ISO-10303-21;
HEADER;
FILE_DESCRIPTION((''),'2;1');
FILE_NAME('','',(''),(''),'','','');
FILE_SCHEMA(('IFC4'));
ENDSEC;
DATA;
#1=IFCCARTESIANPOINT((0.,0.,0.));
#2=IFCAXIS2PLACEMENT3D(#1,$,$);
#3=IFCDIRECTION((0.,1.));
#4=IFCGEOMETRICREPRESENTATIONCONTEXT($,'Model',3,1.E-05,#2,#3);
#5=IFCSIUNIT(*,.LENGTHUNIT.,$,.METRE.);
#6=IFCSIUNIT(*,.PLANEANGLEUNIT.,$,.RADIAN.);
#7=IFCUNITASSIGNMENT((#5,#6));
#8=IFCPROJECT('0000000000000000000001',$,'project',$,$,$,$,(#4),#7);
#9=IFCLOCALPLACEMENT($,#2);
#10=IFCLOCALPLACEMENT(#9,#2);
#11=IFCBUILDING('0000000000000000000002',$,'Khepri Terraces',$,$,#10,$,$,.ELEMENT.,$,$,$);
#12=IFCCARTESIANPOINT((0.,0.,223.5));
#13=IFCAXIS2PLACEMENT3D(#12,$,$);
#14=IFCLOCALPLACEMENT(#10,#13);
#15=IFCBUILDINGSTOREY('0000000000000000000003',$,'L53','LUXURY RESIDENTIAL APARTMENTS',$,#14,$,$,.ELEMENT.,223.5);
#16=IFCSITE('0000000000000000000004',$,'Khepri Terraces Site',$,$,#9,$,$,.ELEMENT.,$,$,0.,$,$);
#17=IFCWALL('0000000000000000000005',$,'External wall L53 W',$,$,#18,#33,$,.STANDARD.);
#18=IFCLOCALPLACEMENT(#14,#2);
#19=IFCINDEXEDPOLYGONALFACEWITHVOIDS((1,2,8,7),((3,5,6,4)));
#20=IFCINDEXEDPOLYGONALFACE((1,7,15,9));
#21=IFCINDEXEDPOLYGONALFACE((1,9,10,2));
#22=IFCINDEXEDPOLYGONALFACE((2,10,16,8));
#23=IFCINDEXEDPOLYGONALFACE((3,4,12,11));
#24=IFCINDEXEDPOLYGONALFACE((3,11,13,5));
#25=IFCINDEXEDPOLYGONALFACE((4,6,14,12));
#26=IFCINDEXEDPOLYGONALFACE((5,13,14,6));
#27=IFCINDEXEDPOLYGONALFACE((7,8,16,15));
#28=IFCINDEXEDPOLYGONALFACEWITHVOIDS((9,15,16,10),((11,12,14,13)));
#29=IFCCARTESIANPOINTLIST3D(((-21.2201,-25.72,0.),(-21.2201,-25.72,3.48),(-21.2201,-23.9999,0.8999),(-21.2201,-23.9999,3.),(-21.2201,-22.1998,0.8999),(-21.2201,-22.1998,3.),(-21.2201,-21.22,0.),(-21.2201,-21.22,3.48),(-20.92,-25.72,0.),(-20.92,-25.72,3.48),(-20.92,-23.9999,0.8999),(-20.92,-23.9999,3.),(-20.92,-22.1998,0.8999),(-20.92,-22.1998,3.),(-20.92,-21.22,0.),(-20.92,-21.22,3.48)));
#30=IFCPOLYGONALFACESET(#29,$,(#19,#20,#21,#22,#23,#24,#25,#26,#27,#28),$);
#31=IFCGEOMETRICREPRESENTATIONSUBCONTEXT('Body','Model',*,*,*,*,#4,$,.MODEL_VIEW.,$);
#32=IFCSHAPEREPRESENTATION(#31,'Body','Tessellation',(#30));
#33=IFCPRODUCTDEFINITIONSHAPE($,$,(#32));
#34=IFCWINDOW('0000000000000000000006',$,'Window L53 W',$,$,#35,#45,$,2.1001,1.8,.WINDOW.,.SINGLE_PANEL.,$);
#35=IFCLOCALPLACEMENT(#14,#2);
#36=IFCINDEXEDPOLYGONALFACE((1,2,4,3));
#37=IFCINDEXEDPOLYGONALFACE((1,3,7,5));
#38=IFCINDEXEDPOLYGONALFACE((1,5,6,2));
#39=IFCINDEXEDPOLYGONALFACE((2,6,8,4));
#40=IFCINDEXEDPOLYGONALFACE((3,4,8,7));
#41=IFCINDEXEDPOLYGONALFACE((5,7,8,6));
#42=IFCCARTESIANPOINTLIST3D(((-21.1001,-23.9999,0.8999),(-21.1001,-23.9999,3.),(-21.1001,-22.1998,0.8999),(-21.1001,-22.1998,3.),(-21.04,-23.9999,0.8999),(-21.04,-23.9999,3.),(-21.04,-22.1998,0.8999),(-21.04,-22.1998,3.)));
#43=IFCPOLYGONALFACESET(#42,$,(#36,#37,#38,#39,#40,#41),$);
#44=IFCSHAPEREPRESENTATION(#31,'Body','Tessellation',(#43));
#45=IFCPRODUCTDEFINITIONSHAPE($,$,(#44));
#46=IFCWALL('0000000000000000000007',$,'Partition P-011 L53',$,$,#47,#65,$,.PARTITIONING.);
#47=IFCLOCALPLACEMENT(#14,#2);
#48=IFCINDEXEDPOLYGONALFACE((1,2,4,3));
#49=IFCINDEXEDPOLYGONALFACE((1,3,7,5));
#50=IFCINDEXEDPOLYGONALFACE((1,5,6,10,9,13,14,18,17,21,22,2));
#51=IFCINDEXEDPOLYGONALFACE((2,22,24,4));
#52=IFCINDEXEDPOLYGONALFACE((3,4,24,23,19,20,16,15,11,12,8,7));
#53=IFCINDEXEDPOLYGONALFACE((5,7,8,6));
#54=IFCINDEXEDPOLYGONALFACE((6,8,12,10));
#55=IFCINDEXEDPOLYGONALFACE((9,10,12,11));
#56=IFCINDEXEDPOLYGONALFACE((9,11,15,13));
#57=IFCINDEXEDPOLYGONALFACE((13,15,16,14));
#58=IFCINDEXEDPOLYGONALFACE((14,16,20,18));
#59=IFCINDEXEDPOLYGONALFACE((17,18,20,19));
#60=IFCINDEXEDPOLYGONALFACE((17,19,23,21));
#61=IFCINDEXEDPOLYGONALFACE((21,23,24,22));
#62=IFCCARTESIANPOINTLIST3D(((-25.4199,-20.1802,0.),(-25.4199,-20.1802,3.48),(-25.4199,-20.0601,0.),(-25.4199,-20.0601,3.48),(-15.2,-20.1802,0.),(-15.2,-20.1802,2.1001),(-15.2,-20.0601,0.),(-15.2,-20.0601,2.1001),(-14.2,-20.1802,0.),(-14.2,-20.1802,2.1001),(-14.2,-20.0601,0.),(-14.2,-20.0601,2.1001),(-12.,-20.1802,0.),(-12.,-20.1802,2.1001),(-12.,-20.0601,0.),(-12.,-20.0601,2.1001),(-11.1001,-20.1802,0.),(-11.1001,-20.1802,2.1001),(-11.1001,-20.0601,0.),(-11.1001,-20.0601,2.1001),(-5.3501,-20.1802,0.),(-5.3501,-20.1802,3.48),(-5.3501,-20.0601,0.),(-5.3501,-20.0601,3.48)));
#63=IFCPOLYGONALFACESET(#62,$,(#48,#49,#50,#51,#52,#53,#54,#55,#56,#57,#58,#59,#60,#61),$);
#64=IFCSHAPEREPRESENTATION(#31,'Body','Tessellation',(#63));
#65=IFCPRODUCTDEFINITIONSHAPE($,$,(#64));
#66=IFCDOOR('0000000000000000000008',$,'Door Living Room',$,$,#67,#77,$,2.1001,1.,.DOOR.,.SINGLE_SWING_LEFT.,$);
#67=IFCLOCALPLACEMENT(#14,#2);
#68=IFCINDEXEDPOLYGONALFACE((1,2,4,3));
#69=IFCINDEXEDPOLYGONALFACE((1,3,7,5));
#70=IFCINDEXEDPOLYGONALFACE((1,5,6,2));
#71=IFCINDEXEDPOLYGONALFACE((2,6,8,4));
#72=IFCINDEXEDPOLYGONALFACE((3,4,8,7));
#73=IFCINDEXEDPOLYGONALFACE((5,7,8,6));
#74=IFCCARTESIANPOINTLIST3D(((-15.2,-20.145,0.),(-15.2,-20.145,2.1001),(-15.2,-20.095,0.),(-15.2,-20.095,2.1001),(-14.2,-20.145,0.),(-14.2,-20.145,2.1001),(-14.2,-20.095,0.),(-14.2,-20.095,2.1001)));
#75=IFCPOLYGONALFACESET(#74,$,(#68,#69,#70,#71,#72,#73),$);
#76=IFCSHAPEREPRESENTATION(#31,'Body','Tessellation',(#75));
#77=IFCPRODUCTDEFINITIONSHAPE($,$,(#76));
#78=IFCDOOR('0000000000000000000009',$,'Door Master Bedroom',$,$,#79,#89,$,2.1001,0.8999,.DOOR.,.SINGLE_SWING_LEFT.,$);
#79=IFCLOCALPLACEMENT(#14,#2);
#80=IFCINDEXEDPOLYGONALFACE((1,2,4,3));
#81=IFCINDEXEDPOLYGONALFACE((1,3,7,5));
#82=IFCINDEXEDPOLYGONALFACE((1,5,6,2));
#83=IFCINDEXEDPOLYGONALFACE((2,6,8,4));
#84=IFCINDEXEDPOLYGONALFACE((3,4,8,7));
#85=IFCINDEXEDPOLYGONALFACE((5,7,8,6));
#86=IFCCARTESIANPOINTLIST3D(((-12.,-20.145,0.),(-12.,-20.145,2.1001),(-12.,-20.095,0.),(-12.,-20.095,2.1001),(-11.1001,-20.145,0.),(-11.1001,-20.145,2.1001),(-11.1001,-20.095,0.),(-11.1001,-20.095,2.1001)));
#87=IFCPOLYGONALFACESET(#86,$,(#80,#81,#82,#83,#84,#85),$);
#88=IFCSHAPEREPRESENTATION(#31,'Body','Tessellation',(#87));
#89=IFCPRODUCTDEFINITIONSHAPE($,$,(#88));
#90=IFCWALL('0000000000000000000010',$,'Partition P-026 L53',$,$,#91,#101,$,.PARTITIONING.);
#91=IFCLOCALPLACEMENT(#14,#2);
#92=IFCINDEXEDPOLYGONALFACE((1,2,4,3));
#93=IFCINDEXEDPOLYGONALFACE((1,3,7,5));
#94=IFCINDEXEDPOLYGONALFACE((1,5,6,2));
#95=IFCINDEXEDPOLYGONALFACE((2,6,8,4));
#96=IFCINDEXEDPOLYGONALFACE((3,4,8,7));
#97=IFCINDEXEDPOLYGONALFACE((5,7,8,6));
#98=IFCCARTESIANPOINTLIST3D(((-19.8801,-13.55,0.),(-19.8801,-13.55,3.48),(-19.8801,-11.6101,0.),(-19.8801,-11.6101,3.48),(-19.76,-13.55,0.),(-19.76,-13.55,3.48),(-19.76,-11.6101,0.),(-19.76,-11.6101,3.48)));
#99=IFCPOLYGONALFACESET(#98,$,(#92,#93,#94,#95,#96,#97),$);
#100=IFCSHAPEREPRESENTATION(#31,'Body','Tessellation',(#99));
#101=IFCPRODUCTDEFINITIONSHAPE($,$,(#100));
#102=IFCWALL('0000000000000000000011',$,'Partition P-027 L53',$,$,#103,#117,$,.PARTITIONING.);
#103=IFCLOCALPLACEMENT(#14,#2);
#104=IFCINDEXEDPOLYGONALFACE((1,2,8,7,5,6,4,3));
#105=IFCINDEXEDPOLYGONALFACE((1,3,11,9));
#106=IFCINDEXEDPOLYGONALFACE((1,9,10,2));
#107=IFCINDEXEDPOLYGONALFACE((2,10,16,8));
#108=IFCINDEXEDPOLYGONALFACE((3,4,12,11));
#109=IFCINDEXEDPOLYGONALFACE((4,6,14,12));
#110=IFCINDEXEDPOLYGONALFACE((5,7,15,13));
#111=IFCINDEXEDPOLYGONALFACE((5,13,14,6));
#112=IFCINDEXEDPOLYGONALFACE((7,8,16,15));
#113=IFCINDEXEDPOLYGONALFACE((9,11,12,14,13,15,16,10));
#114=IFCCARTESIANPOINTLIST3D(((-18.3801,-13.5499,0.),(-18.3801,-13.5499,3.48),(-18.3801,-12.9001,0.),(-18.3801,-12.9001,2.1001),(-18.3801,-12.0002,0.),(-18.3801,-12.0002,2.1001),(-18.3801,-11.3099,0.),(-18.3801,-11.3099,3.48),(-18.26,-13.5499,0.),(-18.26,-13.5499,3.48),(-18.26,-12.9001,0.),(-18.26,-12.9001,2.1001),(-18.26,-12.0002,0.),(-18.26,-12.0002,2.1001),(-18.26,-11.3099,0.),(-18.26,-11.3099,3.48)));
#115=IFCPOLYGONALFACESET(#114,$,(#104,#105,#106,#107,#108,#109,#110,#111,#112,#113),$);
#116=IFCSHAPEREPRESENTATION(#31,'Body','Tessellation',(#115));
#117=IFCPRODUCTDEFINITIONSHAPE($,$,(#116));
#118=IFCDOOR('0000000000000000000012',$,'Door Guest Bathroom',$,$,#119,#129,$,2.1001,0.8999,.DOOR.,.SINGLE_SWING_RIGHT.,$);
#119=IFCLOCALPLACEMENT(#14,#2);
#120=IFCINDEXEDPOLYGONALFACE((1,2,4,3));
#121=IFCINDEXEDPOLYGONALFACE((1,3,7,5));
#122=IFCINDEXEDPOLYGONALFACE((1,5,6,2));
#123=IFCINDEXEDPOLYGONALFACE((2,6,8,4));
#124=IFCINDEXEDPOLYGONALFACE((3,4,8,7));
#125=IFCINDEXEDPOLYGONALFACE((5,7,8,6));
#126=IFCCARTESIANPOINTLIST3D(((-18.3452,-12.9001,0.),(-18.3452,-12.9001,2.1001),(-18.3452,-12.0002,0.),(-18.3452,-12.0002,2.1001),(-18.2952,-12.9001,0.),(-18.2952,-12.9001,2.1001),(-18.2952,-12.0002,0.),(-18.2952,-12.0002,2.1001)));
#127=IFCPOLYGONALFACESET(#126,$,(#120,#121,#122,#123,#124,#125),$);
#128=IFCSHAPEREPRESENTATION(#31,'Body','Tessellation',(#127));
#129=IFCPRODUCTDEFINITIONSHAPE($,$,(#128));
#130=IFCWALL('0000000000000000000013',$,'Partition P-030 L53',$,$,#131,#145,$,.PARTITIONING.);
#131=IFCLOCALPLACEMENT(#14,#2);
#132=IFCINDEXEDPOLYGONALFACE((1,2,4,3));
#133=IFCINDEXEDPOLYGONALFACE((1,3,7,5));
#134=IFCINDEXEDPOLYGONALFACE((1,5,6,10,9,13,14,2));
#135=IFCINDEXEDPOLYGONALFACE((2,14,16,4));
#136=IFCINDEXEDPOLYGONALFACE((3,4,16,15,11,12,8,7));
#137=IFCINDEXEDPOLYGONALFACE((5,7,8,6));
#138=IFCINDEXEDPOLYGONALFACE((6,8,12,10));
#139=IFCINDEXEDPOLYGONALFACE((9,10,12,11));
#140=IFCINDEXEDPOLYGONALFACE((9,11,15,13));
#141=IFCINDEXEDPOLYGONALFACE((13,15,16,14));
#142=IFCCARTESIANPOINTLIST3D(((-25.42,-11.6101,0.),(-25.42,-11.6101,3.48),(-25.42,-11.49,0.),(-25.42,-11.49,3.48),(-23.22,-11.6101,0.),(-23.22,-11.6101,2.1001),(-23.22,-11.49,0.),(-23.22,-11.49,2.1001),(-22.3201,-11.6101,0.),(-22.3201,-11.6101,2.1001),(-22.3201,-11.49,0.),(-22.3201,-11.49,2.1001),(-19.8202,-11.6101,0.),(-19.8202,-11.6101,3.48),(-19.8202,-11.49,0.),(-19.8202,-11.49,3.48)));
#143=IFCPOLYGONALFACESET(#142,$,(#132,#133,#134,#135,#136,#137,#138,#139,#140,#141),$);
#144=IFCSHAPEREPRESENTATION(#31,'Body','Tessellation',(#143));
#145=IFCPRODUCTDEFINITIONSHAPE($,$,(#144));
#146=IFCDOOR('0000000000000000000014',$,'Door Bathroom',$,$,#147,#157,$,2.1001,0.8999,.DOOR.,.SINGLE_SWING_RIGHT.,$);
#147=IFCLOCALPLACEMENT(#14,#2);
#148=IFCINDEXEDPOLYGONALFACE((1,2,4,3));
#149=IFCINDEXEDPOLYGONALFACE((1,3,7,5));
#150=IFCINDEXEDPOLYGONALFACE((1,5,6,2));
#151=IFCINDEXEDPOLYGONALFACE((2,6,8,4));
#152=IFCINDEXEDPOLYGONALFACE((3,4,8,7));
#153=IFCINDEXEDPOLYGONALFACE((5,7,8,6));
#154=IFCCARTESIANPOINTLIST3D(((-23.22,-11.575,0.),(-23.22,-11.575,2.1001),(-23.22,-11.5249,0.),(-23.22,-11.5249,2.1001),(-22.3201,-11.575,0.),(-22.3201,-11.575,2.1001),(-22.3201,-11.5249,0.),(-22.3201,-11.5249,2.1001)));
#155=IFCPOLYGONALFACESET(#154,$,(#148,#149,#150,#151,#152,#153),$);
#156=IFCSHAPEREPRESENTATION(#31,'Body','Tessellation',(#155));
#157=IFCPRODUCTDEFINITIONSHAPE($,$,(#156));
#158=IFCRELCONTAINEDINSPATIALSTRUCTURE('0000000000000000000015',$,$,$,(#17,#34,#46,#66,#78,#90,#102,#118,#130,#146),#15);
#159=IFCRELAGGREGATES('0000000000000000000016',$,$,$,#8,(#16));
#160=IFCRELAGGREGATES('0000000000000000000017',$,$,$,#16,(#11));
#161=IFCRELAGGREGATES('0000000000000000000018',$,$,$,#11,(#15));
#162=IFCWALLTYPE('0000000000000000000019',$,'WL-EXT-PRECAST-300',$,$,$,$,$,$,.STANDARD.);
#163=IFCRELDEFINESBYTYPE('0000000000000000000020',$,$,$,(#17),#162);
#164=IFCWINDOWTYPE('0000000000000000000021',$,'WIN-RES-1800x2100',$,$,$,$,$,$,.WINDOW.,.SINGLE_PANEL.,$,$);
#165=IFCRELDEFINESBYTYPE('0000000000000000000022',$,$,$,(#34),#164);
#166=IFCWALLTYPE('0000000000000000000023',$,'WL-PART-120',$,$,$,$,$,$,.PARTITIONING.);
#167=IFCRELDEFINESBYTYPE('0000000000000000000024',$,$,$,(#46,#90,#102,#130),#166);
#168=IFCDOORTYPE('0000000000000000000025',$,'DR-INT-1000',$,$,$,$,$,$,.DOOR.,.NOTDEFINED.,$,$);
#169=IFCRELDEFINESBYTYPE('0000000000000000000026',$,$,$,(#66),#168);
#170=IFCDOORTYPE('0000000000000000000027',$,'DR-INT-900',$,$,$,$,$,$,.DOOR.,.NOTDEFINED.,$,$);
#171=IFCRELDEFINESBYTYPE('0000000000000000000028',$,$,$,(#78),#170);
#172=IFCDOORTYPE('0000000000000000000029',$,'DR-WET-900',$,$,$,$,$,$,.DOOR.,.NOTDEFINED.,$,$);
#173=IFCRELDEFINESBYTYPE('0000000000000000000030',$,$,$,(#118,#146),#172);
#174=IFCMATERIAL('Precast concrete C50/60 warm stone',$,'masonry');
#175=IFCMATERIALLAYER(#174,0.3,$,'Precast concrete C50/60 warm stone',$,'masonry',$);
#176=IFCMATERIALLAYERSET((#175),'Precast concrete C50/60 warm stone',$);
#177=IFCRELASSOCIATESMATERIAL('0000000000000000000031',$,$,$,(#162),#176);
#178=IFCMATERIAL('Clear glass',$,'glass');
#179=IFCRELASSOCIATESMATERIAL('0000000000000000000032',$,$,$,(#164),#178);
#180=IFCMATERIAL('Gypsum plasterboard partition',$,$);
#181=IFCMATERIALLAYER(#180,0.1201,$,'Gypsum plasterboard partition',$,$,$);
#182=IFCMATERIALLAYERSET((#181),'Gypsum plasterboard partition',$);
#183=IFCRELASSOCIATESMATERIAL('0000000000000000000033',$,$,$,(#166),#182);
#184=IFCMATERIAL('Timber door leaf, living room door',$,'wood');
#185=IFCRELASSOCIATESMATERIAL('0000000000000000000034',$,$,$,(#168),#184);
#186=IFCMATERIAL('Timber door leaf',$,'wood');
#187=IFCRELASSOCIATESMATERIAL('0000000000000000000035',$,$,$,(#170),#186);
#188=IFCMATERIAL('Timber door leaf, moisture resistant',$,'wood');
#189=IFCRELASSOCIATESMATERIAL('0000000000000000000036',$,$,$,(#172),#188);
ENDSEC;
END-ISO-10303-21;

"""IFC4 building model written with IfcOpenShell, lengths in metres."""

from ifc_helpers import new_model, si_unit, direction, frame, frame_2d, origin, place, context, subcontext, project, spatial, rectangle, extrude, material, layer, layer_set, type_object, element, fill, save


model = new_model("IFC4")

# Units and contexts
model_context = context("Model", 3, precision=1e-05, world=origin(), true_north=direction((0.0, 1.0)))
body_context = subcontext(model_context, "Body", "Model", "MODEL_VIEW")
ifc_project = project(units=[si_unit("LENGTHUNIT", "METRE"), si_unit("PLANEANGLEUNIT", "RADIAN")], contexts=[model_context])

# Site, building, storey
site_placement = place(None, origin())
site = spatial("IfcSite", under=ifc_project, at=site_placement, Name="Khepri Terraces Site", CompositionType="ELEMENT", RefElevation=0.0)
building_placement = place(site_placement, origin())
building = spatial("IfcBuilding", under=site, at=building_placement, Name="Khepri Terraces", CompositionType="ELEMENT")
storey_placement = place(building_placement, frame((0.0, 0.0, 223.5)))
storey = spatial("IfcBuildingStorey", under=building, at=storey_placement, Name="L53", Description="LUXURY RESIDENTIAL APARTMENTS", CompositionType="ELEMENT", Elevation=223.5)

# Wall, opening, window
ifc_material_1 = material(Name="Precast concrete C50/60 warm stone", Category="masonry")
ifc_layer_1 = layer(ifc_material_1, 0.3, Name="Precast concrete C50/60 warm stone", Category="masonry")
ifc_layer_set_1 = layer_set([ifc_layer_1], Name="Precast concrete C50/60 warm stone")
wall_type_1 = type_object("IfcWallType", Name="WL-EXT-PRECAST-300", PredefinedType="STANDARD", material=ifc_layer_set_1)
ifc_material_2 = material(Name="Clear glass", Category="glass")
window_type = type_object("IfcWindowType", Name="WIN-RES-1800x2100", PartitioningType="SINGLE_PANEL", PredefinedType="WINDOW", material=ifc_material_2)
wall_1_placement = place(storey_placement, frame((-21.0701, -21.22, 0.0), z_axis=(0.0, 0.0, 1.0), x_axis=(0.0, -1.0, 0.0)))
wall_1 = element("IfcWall", 1, at=wall_1_placement, inside=storey, type_object=wall_type_1, Name="External wall L53 W", PredefinedType="STANDARD", context=body_context, shape_type="SweptSolid", body=[
    extrude(rectangle(XDim=4.5, YDim=0.3, at=frame_2d((2.25, 0.0))), origin(), (0.0, 0.0, 1.0), 3.48),
])
opening_1_placement = place(wall_1_placement, frame((0.98, 0.0, 0.8999)))
opening_1 = element("IfcOpeningElement", 2, at=opening_1_placement, cuts=wall_1, PredefinedType="OPENING", context=body_context, shape_type="SweptSolid", body=[
    extrude(rectangle(XDim=1.8, YDim=2.1001, at=frame_2d((0.8999, 1.05))), frame((0.0, 0.1602, 0.0), z_axis=(0.0, -1.0, 0.0), x_axis=(1.0, 0.0, 0.0)), (0.0, 0.0, 1.0), 0.3201),
])
window_1_placement = place(opening_1_placement, origin())
window_1 = element("IfcWindow", 3, at=window_1_placement, inside=storey, type_object=window_type, Name="Window L53 W", OverallHeight=2.1001, OverallWidth=1.8, PartitioningType="SINGLE_PANEL", PredefinedType="WINDOW", context=body_context, shape_type="SweptSolid", body=[
    extrude(rectangle(XDim=1.8, YDim=2.1001, at=frame_2d((0.8999, 1.05))), frame((0.0, 0.03, 0.0), z_axis=(0.0, -1.0, 0.0), x_axis=(1.0, 0.0, 0.0)), (0.0, 0.0, 1.0), 0.0601),
])
fill(opening_1, window_1)

# Wall, openings, doors
ifc_material_3 = material(Name="Gypsum plasterboard partition")
ifc_layer_2 = layer(ifc_material_3, 0.1201, Name="Gypsum plasterboard partition")
ifc_layer_set_2 = layer_set([ifc_layer_2], Name="Gypsum plasterboard partition")
wall_type_2 = type_object("IfcWallType", Name="WL-PART-120", PredefinedType="PARTITIONING", material=ifc_layer_set_2)
wall_2_placement = place(storey_placement, frame((-25.4199, -20.1201, 0.0), z_axis=(0.0, 0.0, 1.0), x_axis=(1.0, 0.0, 0.0)))
wall_2 = element("IfcWall", 4, at=wall_2_placement, inside=storey, type_object=wall_type_2, Name="Partition P-011 L53", PredefinedType="PARTITIONING", context=body_context, shape_type="SweptSolid", body=[
    extrude(rectangle(XDim=20.0698, YDim=0.1201, at=frame_2d((10.0349, 0.0))), origin(), (0.0, 0.0, 1.0), 3.48),
])
opening_2_placement = place(wall_2_placement, frame((10.22, 0.0, 0.0)))
opening_2 = element("IfcOpeningElement", 5, at=opening_2_placement, cuts=wall_2, PredefinedType="OPENING", context=body_context, shape_type="SweptSolid", body=[
    extrude(rectangle(XDim=1.0, YDim=2.1001, at=frame_2d((0.5, 1.05))), frame((0.0, 0.0701, 0.0), z_axis=(0.0, -1.0, 0.0), x_axis=(1.0, 0.0, 0.0)), (0.0, 0.0, 1.0), 0.1401),
])
opening_3_placement = place(wall_2_placement, frame((13.4199, 0.0, 0.0)))
opening_3 = element("IfcOpeningElement", 6, at=opening_3_placement, cuts=wall_2, PredefinedType="OPENING", context=body_context, shape_type="SweptSolid", body=[
    extrude(rectangle(XDim=0.8999, YDim=2.1001, at=frame_2d((0.45, 1.05))), frame((0.0, 0.0701, 0.0), z_axis=(0.0, -1.0, 0.0), x_axis=(1.0, 0.0, 0.0)), (0.0, 0.0, 1.0), 0.1401),
])
ifc_material_4 = material(Name="Timber door leaf, living room door", Category="wood")
door_type_1 = type_object("IfcDoorType", Name="DR-INT-1000", OperationType="NOTDEFINED", PredefinedType="DOOR", material=ifc_material_4)
door_1_placement = place(opening_2_placement, frame((1.0, 0.0, 0.0), z_axis=(0.0, 0.0, 1.0), x_axis=(-1.0, 0.0, 0.0)))
door_1 = element("IfcDoor", 7, at=door_1_placement, inside=storey, type_object=door_type_1, Name="Door Living Room", OperationType="SINGLE_SWING_LEFT", OverallHeight=2.1001, OverallWidth=1.0, PredefinedType="DOOR", context=body_context, shape_type="SweptSolid", body=[
    extrude(rectangle(XDim=1.0, YDim=2.1001, at=frame_2d((0.5, 1.05))), frame((0.0, 0.0249, 0.0), z_axis=(0.0, -1.0, 0.0), x_axis=(1.0, 0.0, 0.0)), (0.0, 0.0, 1.0), 0.05),
])
fill(opening_2, door_1)
ifc_material_5 = material(Name="Timber door leaf", Category="wood")
door_type_2 = type_object("IfcDoorType", Name="DR-INT-900", OperationType="NOTDEFINED", PredefinedType="DOOR", material=ifc_material_5)
door_2_placement = place(opening_3_placement, frame((0.8999, 0.0, 0.0), z_axis=(0.0, 0.0, 1.0), x_axis=(-1.0, 0.0, 0.0)))
door_2 = element("IfcDoor", 8, at=door_2_placement, inside=storey, type_object=door_type_2, Name="Door Master Bedroom", OperationType="SINGLE_SWING_LEFT", OverallHeight=2.1001, OverallWidth=0.8999, PredefinedType="DOOR", context=body_context, shape_type="SweptSolid", body=[
    extrude(rectangle(XDim=0.8999, YDim=2.1001, at=frame_2d((0.45, 1.05))), frame((0.0, 0.0249, 0.0), z_axis=(0.0, -1.0, 0.0), x_axis=(1.0, 0.0, 0.0)), (0.0, 0.0, 1.0), 0.05),
])
fill(opening_3, door_2)

# Wall
wall_3_placement = place(storey_placement, frame((-19.8201, -13.55, 0.0), z_axis=(0.0, 0.0, 1.0), x_axis=(0.0, 1.0, 0.0)))
element("IfcWall", 9, at=wall_3_placement, inside=storey, type_object=wall_type_2, Name="Partition P-026 L53", PredefinedType="PARTITIONING", context=body_context, shape_type="SweptSolid", body=[
    extrude(rectangle(XDim=1.9399, YDim=0.1201, at=frame_2d((0.97, 0.0))), origin(), (0.0, 0.0, 1.0), 3.48),
])

# Walls, openings, doors
wall_4_placement = place(storey_placement, frame((-18.3201, -13.55, 0.0), z_axis=(0.0, 0.0, 1.0), x_axis=(0.0, 1.0, 0.0)))
wall_4 = element("IfcWall", 10, at=wall_4_placement, inside=storey, type_object=wall_type_2, Name="Partition P-027 L53", PredefinedType="PARTITIONING", context=body_context, shape_type="SweptSolid", body=[
    extrude(rectangle(XDim=2.24, YDim=0.1201, at=frame_2d((1.1201, 0.0))), origin(), (0.0, 0.0, 1.0), 3.48),
])
opening_4_placement = place(wall_4_placement, frame((0.6499, 0.0, 0.0)))
opening_4 = element("IfcOpeningElement", 11, at=opening_4_placement, cuts=wall_4, PredefinedType="OPENING", context=body_context, shape_type="SweptSolid", body=[
    extrude(rectangle(XDim=0.8999, YDim=2.1001, at=frame_2d((0.45, 1.05))), frame((0.0, 0.0701, 0.0), z_axis=(0.0, -1.0, 0.0), x_axis=(1.0, 0.0, 0.0)), (0.0, 0.0, 1.0), 0.1401),
])
ifc_material_6 = material(Name="Timber door leaf, moisture resistant", Category="wood")
door_type_3 = type_object("IfcDoorType", Name="DR-WET-900", OperationType="NOTDEFINED", PredefinedType="DOOR", material=ifc_material_6)
door_3_placement = place(opening_4_placement, frame((0.8999, 0.0, 0.0), z_axis=(0.0, 0.0, 1.0), x_axis=(-1.0, 0.0, 0.0)))
door_3 = element("IfcDoor", 12, at=door_3_placement, inside=storey, type_object=door_type_3, Name="Door Guest Bathroom", OperationType="SINGLE_SWING_RIGHT", OverallHeight=2.1001, OverallWidth=0.8999, PredefinedType="DOOR", context=body_context, shape_type="SweptSolid", body=[
    extrude(rectangle(XDim=0.8999, YDim=2.1001, at=frame_2d((0.45, 1.05))), frame((0.0, 0.0249, 0.0), z_axis=(0.0, -1.0, 0.0), x_axis=(1.0, 0.0, 0.0)), (0.0, 0.0, 1.0), 0.05),
])
fill(opening_4, door_3)
wall_5_placement = place(storey_placement, frame((-25.4199, -11.55, 0.0), z_axis=(0.0, 0.0, 1.0), x_axis=(1.0, 0.0, 0.0)))
wall_5 = element("IfcWall", 13, at=wall_5_placement, inside=storey, type_object=wall_type_2, Name="Partition P-030 L53", PredefinedType="PARTITIONING", context=body_context, shape_type="SweptSolid", body=[
    extrude(rectangle(XDim=5.5999, YDim=0.1201, at=frame_2d((2.7998, 0.0))), origin(), (0.0, 0.0, 1.0), 3.48),
])
opening_5_placement = place(wall_5_placement, frame((2.2, 0.0, 0.0)))
opening_5 = element("IfcOpeningElement", 14, at=opening_5_placement, cuts=wall_5, PredefinedType="OPENING", context=body_context, shape_type="SweptSolid", body=[
    extrude(rectangle(XDim=0.8999, YDim=2.1001, at=frame_2d((0.45, 1.05))), frame((0.0, 0.0701, 0.0), z_axis=(0.0, -1.0, 0.0), x_axis=(1.0, 0.0, 0.0)), (0.0, 0.0, 1.0), 0.1401),
])
door_4_placement = place(opening_5_placement, frame((0.8999, 0.0, 0.0), z_axis=(0.0, 0.0, 1.0), x_axis=(-1.0, 0.0, 0.0)))
door_4 = element("IfcDoor", 15, at=door_4_placement, inside=storey, type_object=door_type_3, Name="Door Bathroom", OperationType="SINGLE_SWING_RIGHT", OverallHeight=2.1001, OverallWidth=0.8999, PredefinedType="DOOR", context=body_context, shape_type="SweptSolid", body=[
    extrude(rectangle(XDim=0.8999, YDim=2.1001, at=frame_2d((0.45, 1.05))), frame((0.0, 0.0249, 0.0), z_axis=(0.0, -1.0, 0.0), x_axis=(1.0, 0.0, 0.0)), (0.0, 0.0, 1.0), 0.05),
])
fill(opening_5, door_4)

save(model, "model.ifc")
